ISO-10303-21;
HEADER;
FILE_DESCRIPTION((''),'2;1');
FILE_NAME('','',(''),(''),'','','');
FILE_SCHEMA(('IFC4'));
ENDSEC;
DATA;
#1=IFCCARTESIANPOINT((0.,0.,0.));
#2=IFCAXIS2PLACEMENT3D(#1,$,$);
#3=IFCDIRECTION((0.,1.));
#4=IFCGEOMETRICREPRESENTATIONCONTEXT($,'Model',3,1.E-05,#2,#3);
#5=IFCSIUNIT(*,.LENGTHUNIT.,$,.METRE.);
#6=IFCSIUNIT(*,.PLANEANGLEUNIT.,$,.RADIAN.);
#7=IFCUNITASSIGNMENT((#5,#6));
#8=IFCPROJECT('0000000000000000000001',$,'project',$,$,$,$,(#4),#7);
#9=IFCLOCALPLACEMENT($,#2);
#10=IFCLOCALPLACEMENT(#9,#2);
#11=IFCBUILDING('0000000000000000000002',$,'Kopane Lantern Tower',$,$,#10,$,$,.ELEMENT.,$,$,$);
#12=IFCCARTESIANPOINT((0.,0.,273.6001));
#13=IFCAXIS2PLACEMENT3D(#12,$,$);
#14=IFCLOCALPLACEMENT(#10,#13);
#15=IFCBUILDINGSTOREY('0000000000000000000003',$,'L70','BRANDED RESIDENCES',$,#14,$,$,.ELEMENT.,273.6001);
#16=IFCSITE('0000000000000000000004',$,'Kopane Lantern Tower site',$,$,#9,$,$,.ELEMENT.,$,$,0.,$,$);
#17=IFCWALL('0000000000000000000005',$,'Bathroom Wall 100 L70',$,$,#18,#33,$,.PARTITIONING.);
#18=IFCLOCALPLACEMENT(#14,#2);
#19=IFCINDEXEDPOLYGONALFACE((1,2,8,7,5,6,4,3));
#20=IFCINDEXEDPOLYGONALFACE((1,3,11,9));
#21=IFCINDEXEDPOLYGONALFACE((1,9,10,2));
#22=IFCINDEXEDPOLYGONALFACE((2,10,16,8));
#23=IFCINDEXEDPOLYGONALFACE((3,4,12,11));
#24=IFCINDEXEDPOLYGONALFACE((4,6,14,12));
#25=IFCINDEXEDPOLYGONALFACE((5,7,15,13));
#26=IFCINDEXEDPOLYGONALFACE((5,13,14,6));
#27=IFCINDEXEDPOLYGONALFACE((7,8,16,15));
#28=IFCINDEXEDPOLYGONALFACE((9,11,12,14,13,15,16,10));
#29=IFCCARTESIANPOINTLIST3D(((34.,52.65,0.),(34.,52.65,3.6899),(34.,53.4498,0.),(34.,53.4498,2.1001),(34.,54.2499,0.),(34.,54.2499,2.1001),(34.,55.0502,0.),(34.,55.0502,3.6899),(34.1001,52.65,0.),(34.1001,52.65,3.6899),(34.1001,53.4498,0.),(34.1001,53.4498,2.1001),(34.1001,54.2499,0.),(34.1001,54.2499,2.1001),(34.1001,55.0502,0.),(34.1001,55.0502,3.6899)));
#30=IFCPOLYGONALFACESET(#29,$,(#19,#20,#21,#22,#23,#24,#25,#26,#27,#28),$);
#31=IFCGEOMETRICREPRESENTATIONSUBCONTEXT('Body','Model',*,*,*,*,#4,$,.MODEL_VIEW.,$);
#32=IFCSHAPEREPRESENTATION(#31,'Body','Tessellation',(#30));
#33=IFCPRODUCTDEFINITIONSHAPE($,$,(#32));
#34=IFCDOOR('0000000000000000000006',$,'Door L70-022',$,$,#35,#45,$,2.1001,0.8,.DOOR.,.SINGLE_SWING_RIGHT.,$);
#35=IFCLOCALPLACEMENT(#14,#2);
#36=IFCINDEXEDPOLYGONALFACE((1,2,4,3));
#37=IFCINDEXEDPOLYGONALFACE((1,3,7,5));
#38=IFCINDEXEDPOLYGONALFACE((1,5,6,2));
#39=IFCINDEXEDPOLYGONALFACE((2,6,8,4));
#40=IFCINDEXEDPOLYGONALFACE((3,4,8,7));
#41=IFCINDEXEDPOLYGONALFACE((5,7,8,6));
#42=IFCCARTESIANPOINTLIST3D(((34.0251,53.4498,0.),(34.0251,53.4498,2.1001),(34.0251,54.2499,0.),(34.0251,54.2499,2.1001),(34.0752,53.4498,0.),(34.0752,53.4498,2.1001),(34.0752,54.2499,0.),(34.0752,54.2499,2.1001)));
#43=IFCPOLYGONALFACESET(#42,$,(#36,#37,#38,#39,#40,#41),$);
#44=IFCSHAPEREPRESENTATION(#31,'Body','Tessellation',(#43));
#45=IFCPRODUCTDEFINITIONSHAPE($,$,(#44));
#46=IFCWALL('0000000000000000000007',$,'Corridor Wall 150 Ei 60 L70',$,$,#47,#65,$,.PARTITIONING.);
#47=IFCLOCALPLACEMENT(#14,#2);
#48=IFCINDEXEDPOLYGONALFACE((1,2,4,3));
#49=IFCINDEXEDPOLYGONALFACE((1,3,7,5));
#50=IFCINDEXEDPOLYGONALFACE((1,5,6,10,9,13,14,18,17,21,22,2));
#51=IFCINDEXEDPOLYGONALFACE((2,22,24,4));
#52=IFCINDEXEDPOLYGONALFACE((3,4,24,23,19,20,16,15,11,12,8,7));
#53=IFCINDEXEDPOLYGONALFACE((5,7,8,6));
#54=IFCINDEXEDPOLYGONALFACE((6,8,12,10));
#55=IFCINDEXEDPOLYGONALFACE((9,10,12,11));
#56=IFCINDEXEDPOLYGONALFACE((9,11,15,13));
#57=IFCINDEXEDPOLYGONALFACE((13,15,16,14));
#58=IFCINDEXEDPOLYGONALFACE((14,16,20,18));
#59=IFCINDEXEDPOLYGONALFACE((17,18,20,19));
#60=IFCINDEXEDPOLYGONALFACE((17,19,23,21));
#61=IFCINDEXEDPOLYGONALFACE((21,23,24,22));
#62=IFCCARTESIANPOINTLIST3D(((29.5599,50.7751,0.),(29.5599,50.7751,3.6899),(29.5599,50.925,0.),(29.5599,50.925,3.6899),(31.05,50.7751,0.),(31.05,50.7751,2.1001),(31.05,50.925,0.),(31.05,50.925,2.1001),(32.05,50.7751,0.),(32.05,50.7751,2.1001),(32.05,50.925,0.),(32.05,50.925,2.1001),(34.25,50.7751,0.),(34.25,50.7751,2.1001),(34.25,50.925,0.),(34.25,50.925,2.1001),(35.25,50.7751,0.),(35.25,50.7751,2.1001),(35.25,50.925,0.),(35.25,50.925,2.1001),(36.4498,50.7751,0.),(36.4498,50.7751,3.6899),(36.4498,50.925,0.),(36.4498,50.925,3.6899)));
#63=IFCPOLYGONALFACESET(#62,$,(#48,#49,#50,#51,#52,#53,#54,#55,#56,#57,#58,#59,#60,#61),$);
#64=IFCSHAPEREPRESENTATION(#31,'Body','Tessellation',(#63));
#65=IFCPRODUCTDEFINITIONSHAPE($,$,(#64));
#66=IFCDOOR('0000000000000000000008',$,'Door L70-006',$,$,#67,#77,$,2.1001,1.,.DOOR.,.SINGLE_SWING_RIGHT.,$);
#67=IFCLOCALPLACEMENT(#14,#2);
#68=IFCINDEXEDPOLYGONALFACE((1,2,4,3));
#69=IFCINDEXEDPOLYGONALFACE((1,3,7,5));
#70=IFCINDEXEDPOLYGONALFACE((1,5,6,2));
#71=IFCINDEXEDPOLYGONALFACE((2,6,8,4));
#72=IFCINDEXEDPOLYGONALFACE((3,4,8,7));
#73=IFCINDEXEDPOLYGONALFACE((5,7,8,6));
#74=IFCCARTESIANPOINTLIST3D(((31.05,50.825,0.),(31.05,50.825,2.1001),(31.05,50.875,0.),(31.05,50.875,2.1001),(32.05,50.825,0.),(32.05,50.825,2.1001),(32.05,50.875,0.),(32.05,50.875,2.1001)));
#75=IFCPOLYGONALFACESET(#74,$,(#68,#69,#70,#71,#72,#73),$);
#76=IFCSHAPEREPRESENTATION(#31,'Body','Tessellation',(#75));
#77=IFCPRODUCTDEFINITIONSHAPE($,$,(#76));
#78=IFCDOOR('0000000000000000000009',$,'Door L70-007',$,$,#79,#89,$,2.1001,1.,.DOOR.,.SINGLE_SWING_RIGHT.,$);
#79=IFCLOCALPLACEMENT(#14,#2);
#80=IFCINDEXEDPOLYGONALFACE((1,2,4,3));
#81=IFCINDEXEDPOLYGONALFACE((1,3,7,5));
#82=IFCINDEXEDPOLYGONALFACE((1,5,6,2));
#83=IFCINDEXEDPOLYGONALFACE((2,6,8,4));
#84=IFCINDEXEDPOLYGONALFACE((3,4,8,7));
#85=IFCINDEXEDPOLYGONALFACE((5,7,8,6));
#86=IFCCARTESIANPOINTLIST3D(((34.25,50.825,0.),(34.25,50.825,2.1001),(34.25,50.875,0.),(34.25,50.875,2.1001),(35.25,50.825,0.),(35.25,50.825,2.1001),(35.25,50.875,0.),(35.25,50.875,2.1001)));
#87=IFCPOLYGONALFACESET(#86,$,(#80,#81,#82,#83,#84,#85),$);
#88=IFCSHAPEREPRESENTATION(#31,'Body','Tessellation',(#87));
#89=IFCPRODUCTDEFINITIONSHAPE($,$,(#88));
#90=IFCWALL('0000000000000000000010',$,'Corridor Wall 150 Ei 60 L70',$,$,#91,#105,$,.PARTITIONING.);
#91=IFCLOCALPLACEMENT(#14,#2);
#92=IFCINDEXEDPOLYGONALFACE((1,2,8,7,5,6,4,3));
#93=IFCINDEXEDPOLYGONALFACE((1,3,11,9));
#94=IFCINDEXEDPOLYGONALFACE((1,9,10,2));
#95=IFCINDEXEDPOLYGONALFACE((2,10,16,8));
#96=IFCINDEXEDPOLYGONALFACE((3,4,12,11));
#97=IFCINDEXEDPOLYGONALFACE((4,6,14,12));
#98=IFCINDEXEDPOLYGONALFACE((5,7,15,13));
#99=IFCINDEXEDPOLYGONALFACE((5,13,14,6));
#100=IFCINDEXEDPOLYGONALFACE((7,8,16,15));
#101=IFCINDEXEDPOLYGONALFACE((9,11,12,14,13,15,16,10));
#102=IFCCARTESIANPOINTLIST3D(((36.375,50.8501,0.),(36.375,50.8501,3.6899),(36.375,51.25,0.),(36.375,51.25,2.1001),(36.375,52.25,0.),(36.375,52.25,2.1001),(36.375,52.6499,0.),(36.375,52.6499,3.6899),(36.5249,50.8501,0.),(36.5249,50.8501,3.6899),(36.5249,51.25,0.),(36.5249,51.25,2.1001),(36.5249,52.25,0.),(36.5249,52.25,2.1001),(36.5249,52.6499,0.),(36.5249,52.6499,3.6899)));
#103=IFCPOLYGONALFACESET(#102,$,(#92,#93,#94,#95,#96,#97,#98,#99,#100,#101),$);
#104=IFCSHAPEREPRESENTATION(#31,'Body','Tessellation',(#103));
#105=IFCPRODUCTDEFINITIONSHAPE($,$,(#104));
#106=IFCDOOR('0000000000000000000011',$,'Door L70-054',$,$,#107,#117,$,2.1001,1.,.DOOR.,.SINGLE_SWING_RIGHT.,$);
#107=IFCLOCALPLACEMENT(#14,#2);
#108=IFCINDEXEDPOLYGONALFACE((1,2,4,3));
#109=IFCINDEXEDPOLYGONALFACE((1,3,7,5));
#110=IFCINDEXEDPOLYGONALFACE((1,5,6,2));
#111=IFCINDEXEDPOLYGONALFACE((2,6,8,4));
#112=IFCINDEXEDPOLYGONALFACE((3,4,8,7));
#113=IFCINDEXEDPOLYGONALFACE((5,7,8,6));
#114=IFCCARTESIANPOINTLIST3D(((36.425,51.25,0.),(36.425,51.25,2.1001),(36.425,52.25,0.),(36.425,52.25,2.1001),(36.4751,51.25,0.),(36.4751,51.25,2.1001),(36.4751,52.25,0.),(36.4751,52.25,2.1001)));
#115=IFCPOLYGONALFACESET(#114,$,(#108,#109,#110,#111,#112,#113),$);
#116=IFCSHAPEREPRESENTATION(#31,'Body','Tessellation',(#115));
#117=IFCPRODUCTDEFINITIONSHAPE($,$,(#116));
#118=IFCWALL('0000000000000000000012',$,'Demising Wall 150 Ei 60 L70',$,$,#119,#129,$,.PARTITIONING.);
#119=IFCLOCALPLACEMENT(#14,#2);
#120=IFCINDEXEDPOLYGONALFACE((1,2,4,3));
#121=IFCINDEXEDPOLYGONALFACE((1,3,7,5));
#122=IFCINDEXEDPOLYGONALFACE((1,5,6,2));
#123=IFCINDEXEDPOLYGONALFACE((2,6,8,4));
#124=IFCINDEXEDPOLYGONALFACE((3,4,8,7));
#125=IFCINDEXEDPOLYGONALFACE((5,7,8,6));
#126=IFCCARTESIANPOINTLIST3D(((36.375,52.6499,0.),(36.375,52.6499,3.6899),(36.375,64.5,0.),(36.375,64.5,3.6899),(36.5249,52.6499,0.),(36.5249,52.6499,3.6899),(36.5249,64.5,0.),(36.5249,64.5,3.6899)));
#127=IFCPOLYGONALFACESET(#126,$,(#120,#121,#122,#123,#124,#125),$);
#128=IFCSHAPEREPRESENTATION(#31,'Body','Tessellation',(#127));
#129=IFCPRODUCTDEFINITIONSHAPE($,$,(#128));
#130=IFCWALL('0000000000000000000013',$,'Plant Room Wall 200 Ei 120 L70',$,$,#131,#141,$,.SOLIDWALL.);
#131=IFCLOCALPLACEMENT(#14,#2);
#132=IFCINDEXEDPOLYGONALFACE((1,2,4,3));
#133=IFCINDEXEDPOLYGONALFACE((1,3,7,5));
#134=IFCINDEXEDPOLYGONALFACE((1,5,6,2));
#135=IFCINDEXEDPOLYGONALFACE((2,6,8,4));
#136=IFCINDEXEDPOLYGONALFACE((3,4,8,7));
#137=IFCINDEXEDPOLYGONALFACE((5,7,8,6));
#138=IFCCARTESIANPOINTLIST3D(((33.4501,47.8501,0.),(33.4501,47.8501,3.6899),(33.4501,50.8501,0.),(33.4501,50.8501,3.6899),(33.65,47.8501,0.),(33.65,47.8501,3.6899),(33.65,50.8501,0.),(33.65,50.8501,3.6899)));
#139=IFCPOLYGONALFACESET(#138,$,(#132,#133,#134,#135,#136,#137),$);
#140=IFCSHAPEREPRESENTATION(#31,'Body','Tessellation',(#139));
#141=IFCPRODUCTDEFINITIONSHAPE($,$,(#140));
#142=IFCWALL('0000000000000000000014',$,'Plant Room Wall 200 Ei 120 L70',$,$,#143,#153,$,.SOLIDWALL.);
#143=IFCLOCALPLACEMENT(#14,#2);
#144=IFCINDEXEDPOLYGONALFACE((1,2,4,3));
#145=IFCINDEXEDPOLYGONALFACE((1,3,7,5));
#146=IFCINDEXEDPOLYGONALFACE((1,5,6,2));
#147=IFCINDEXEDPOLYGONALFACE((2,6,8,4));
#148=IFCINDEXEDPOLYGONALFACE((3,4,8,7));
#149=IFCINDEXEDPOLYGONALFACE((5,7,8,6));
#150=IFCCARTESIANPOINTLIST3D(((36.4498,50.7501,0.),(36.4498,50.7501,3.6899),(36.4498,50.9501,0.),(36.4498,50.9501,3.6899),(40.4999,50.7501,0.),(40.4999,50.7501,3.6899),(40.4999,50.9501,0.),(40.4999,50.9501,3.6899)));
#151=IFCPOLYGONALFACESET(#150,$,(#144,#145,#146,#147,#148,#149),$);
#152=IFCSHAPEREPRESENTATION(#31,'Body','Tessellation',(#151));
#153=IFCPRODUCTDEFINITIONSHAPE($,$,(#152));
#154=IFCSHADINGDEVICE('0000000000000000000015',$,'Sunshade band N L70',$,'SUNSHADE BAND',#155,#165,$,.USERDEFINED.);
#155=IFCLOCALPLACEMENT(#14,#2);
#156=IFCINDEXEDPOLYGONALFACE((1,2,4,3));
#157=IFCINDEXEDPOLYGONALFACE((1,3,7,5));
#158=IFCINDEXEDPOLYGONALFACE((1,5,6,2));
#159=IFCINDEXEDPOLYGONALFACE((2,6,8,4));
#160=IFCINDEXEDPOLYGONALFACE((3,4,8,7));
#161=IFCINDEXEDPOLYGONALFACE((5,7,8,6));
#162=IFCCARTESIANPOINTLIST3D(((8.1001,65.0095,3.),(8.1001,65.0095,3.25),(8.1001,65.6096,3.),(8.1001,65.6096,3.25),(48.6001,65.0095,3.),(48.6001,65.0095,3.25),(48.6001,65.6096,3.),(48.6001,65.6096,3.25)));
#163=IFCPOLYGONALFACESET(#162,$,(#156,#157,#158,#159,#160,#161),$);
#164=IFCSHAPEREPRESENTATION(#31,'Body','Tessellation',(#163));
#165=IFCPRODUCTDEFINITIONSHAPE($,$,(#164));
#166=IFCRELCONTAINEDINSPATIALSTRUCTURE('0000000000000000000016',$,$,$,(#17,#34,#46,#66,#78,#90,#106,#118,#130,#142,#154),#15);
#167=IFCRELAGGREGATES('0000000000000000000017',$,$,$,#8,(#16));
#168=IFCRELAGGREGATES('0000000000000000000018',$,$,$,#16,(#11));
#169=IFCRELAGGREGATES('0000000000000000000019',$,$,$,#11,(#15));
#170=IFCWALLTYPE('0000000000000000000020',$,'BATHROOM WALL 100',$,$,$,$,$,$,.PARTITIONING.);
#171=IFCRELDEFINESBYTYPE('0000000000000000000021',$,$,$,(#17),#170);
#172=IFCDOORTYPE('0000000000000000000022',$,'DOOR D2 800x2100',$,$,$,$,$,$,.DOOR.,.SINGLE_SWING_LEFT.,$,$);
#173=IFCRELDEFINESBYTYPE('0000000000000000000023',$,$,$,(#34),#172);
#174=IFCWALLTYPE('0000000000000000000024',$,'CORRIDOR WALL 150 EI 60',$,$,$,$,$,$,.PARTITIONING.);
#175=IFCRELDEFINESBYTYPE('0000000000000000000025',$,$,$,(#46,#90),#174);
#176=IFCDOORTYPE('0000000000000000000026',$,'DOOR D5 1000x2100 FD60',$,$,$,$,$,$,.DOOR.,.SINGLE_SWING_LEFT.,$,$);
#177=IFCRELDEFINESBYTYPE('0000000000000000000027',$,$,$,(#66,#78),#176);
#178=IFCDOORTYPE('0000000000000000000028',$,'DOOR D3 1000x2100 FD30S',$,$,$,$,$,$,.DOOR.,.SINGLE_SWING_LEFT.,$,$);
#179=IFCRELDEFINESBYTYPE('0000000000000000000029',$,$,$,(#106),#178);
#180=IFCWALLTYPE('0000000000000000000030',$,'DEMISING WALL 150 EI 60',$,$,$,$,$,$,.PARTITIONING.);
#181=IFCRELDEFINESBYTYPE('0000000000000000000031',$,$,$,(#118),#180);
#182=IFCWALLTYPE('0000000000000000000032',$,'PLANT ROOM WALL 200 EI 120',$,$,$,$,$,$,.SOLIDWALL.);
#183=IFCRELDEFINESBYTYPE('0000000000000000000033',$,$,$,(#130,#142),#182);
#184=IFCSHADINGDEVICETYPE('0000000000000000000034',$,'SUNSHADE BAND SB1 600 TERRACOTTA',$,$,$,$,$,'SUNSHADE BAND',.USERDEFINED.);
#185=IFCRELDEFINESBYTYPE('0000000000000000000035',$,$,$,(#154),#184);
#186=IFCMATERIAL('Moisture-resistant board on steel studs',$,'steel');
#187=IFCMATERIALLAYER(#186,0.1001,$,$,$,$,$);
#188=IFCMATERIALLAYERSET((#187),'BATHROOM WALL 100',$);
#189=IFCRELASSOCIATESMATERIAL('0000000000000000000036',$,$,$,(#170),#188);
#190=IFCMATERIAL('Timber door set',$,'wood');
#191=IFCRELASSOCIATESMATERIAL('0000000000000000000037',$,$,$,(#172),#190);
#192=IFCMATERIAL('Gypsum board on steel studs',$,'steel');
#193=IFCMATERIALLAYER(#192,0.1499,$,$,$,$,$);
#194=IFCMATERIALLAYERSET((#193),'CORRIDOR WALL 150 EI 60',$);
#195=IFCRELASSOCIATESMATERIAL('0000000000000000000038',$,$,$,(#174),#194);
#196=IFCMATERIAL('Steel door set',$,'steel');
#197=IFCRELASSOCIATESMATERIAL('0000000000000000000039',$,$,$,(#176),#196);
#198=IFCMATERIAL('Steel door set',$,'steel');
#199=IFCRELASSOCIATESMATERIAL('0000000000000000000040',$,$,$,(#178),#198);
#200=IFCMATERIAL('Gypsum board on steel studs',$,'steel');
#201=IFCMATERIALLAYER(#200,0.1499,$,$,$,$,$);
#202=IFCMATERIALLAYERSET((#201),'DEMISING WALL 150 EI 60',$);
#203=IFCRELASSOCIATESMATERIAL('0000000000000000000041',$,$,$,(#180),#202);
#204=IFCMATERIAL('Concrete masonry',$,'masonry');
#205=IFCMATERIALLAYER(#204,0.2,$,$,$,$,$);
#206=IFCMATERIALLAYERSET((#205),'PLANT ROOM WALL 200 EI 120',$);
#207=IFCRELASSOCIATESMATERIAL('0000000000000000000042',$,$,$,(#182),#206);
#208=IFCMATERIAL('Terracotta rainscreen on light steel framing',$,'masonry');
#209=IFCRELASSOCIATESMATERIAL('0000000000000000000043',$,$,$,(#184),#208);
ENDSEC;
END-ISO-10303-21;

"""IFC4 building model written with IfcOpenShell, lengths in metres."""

from ifc_helpers import new_model, si_unit, direction, frame, frame_2d, origin, origin_2d, place, context, subcontext, project, spatial, rectangle, extrude, material, layer, layer_set, type_object, element, fill, save


model = new_model("IFC4")

# Units and contexts
model_context = context("Model", 3, precision=1e-05, world=origin(), true_north=direction((0.0, 1.0)))
body_context = subcontext(model_context, "Body", "Model", "MODEL_VIEW")
ifc_project = project(units=[si_unit("LENGTHUNIT", "METRE"), si_unit("PLANEANGLEUNIT", "RADIAN")], contexts=[model_context])

# Site, building, storey
site_placement = place(None, origin())
site = spatial("IfcSite", under=ifc_project, at=site_placement, Name="Kopane Lantern Tower site", CompositionType="ELEMENT", RefElevation=0.0)
building_placement = place(site_placement, origin())
building = spatial("IfcBuilding", under=site, at=building_placement, Name="Kopane Lantern Tower", CompositionType="ELEMENT")
storey_placement = place(building_placement, frame((0.0, 0.0, 273.6001)))
storey = spatial("IfcBuildingStorey", under=building, at=storey_placement, Name="L70", Description="BRANDED RESIDENCES", CompositionType="ELEMENT", Elevation=273.6001)

# Wall, opening, door
ifc_material_1 = material(Name="Moisture-resistant board on steel studs", Category="steel")
ifc_layer_1 = layer(ifc_material_1, 0.1001)
ifc_layer_set_1 = layer_set([ifc_layer_1], Name="BATHROOM WALL 100")
wall_type_1 = type_object("IfcWallType", Name="BATHROOM WALL 100", PredefinedType="PARTITIONING", material=ifc_layer_set_1)
wall_1_placement = place(storey_placement, frame((34.05, 52.6499, 0.0), z_axis=(0.0, 0.0, 1.0), x_axis=(0.0, 1.0, 0.0)))
wall_1 = element("IfcWall", 1, at=wall_1_placement, inside=storey, type_object=wall_type_1, Name="Bathroom Wall 100 L70", PredefinedType="PARTITIONING", context=body_context, shape_type="SweptSolid", body=[
    extrude(rectangle(XDim=2.4001, YDim=0.1001, at=frame_2d((1.2002, 0.0))), origin(), (0.0, 0.0, 1.0), 3.6899),
])
opening_1_placement = place(wall_1_placement, frame((0.8, 0.0, 0.0)))
opening_1 = element("IfcOpeningElement", 2, at=opening_1_placement, cuts=wall_1, PredefinedType="OPENING", context=body_context, shape_type="SweptSolid", body=[
    extrude(rectangle(XDim=0.8, YDim=2.1001, at=frame_2d((0.3999, 1.05))), frame((0.0, 0.0601, 0.0), z_axis=(0.0, -1.0, 0.0), x_axis=(1.0, 0.0, 0.0)), (0.0, 0.0, 1.0), 0.1201),
])
ifc_material_2 = material(Name="Timber door set", Category="wood")
door_type_1 = type_object("IfcDoorType", Name="DOOR D2 800x2100", OperationType="SINGLE_SWING_LEFT", PredefinedType="DOOR", material=ifc_material_2)
door_1_placement = place(opening_1_placement, origin())
door_1 = element("IfcDoor", 3, at=door_1_placement, inside=storey, type_object=door_type_1, Name="Door L70-022", OperationType="SINGLE_SWING_RIGHT", OverallHeight=2.1001, OverallWidth=0.8, PredefinedType="DOOR", context=body_context, shape_type="SweptSolid", body=[
    extrude(rectangle(XDim=0.8, YDim=2.1001, at=frame_2d((0.3999, 1.05))), frame((0.0, 0.0249, 0.0), z_axis=(0.0, -1.0, 0.0), x_axis=(1.0, 0.0, 0.0)), (0.0, 0.0, 1.0), 0.05),
])
fill(opening_1, door_1)

# Wall, openings, doors
ifc_material_3 = material(Name="Gypsum board on steel studs", Category="steel")
ifc_layer_2 = layer(ifc_material_3, 0.1499)
ifc_layer_set_2 = layer_set([ifc_layer_2], Name="CORRIDOR WALL 150 EI 60")
wall_type_2 = type_object("IfcWallType", Name="CORRIDOR WALL 150 EI 60", PredefinedType="PARTITIONING", material=ifc_layer_set_2)
wall_2_placement = place(storey_placement, frame((29.5601, 50.8501, 0.0), z_axis=(0.0, 0.0, 1.0), x_axis=(1.0, 0.0, 0.0)))
wall_2 = element("IfcWall", 4, at=wall_2_placement, inside=storey, type_object=wall_type_2, Name="Corridor Wall 150 Ei 60 L70", PredefinedType="PARTITIONING", context=body_context, shape_type="SweptSolid", body=[
    extrude(rectangle(XDim=6.8899, YDim=0.1499, at=frame_2d((3.4448, 0.0))), origin(), (0.0, 0.0, 1.0), 3.6899),
])
opening_2_placement = place(wall_2_placement, frame((1.49, 0.0, 0.0)))
opening_2 = element("IfcOpeningElement", 5, at=opening_2_placement, cuts=wall_2, PredefinedType="OPENING", context=body_context, shape_type="SweptSolid", body=[
    extrude(rectangle(XDim=1.0, YDim=2.1001, at=frame_2d((0.5, 1.05))), frame((0.0, 0.085, 0.0), z_axis=(0.0, -1.0, 0.0), x_axis=(1.0, 0.0, 0.0)), (0.0, 0.0, 1.0), 0.1699),
])
opening_3_placement = place(wall_2_placement, frame((4.6899, 0.0, 0.0)))
opening_3 = element("IfcOpeningElement", 6, at=opening_3_placement, cuts=wall_2, PredefinedType="OPENING", context=body_context, shape_type="SweptSolid", body=[
    extrude(rectangle(XDim=1.0, YDim=2.1001, at=frame_2d((0.5, 1.05))), frame((0.0, 0.085, 0.0), z_axis=(0.0, -1.0, 0.0), x_axis=(1.0, 0.0, 0.0)), (0.0, 0.0, 1.0), 0.1699),
])
ifc_material_4 = material(Name="Steel door set", Category="steel")
door_type_2 = type_object("IfcDoorType", Name="DOOR D5 1000x2100 FD60", OperationType="SINGLE_SWING_LEFT", PredefinedType="DOOR", material=ifc_material_4)
door_2_placement = place(opening_2_placement, origin())
door_2 = element("IfcDoor", 7, at=door_2_placement, inside=storey, type_object=door_type_2, Name="Door L70-006", OperationType="SINGLE_SWING_RIGHT", OverallHeight=2.1001, OverallWidth=1.0, PredefinedType="DOOR", context=body_context, shape_type="SweptSolid", body=[
    extrude(rectangle(XDim=1.0, YDim=2.1001, at=frame_2d((0.5, 1.05))), frame((0.0, 0.0249, 0.0), z_axis=(0.0, -1.0, 0.0), x_axis=(1.0, 0.0, 0.0)), (0.0, 0.0, 1.0), 0.05),
])
fill(opening_2, door_2)
door_3_placement = place(opening_3_placement, origin())
door_3 = element("IfcDoor", 8, at=door_3_placement, inside=storey, type_object=door_type_2, Name="Door L70-007", OperationType="SINGLE_SWING_RIGHT", OverallHeight=2.1001, OverallWidth=1.0, PredefinedType="DOOR", context=body_context, shape_type="SweptSolid", body=[
    extrude(rectangle(XDim=1.0, YDim=2.1001, at=frame_2d((0.5, 1.05))), frame((0.0, 0.0249, 0.0), z_axis=(0.0, -1.0, 0.0), x_axis=(1.0, 0.0, 0.0)), (0.0, 0.0, 1.0), 0.05),
])
fill(opening_3, door_3)

# Wall, opening, door
wall_3_placement = place(storey_placement, frame((36.45, 50.8501, 0.0), z_axis=(0.0, 0.0, 1.0), x_axis=(0.0, 1.0, 0.0)))
wall_3 = element("IfcWall", 9, at=wall_3_placement, inside=storey, type_object=wall_type_2, Name="Corridor Wall 150 Ei 60 L70", PredefinedType="PARTITIONING", context=body_context, shape_type="SweptSolid", body=[
    extrude(rectangle(XDim=1.7998, YDim=0.1499, at=frame_2d((0.8999, 0.0))), origin(), (0.0, 0.0, 1.0), 3.6899),
])
opening_4_placement = place(wall_3_placement, frame((0.3999, 0.0, 0.0)))
opening_4 = element("IfcOpeningElement", 10, at=opening_4_placement, cuts=wall_3, PredefinedType="OPENING", context=body_context, shape_type="SweptSolid", body=[
    extrude(rectangle(XDim=1.0, YDim=2.1001, at=frame_2d((0.5, 1.05))), frame((0.0, 0.085, 0.0), z_axis=(0.0, -1.0, 0.0), x_axis=(1.0, 0.0, 0.0)), (0.0, 0.0, 1.0), 0.1699),
])
ifc_material_5 = material(Name="Steel door set", Category="steel")
door_type_3 = type_object("IfcDoorType", Name="DOOR D3 1000x2100 FD30S", OperationType="SINGLE_SWING_LEFT", PredefinedType="DOOR", material=ifc_material_5)
door_4_placement = place(opening_4_placement, origin())
door_4 = element("IfcDoor", 11, at=door_4_placement, inside=storey, type_object=door_type_3, Name="Door L70-054", OperationType="SINGLE_SWING_RIGHT", OverallHeight=2.1001, OverallWidth=1.0, PredefinedType="DOOR", context=body_context, shape_type="SweptSolid", body=[
    extrude(rectangle(XDim=1.0, YDim=2.1001, at=frame_2d((0.5, 1.05))), frame((0.0, 0.0249, 0.0), z_axis=(0.0, -1.0, 0.0), x_axis=(1.0, 0.0, 0.0)), (0.0, 0.0, 1.0), 0.05),
])
fill(opening_4, door_4)

# Walls
ifc_material_6 = material(Name="Gypsum board on steel studs", Category="steel")
ifc_layer_3 = layer(ifc_material_6, 0.1499)
ifc_layer_set_3 = layer_set([ifc_layer_3], Name="DEMISING WALL 150 EI 60")
wall_type_3 = type_object("IfcWallType", Name="DEMISING WALL 150 EI 60", PredefinedType="PARTITIONING", material=ifc_layer_set_3)
wall_4_placement = place(storey_placement, frame((36.45, 64.5, 0.0), z_axis=(0.0, 0.0, 1.0), x_axis=(0.0, -1.0, 0.0)))
element("IfcWall", 12, at=wall_4_placement, inside=storey, type_object=wall_type_3, Name="Demising Wall 150 Ei 60 L70", PredefinedType="PARTITIONING", context=body_context, shape_type="SweptSolid", body=[
    extrude(rectangle(XDim=11.8501, YDim=0.1499, at=frame_2d((5.925, 0.0))), origin(), (0.0, 0.0, 1.0), 3.6899),
])
ifc_material_7 = material(Name="Concrete masonry", Category="masonry")
ifc_layer_4 = layer(ifc_material_7, 0.2)
ifc_layer_set_4 = layer_set([ifc_layer_4], Name="PLANT ROOM WALL 200 EI 120")
wall_type_4 = type_object("IfcWallType", Name="PLANT ROOM WALL 200 EI 120", PredefinedType="SOLIDWALL", material=ifc_layer_set_4)
wall_5_placement = place(storey_placement, frame((33.55, 50.8501, 0.0), z_axis=(0.0, 0.0, 1.0), x_axis=(0.0, -1.0, 0.0)))
element("IfcWall", 13, at=wall_5_placement, inside=storey, type_object=wall_type_4, Name="Plant Room Wall 200 Ei 120 L70", PredefinedType="SOLIDWALL", context=body_context, shape_type="SweptSolid", body=[
    extrude(rectangle(XDim=3.0, YDim=0.2, at=frame_2d((1.5, 0.0))), origin(), (0.0, 0.0, 1.0), 3.6899),
])
wall_6_placement = place(storey_placement, frame((36.45, 50.8501, 0.0), z_axis=(0.0, 0.0, 1.0), x_axis=(1.0, 0.0, 0.0)))
element("IfcWall", 14, at=wall_6_placement, inside=storey, type_object=wall_type_4, Name="Plant Room Wall 200 Ei 120 L70", PredefinedType="SOLIDWALL", context=body_context, shape_type="SweptSolid", body=[
    extrude(rectangle(XDim=4.05, YDim=0.2, at=frame_2d((2.0249, 0.0))), origin(), (0.0, 0.0, 1.0), 3.6899),
])

# Shading device
ifc_material_8 = material(Name="Terracotta rainscreen on light steel framing", Category="masonry")
shading_device_type = type_object("IfcShadingDeviceType", Name="SUNSHADE BAND SB1 600 TERRACOTTA", ElementType="SUNSHADE BAND", PredefinedType="USERDEFINED", material=ifc_material_8)
shading_device_placement = place(storey_placement, frame((28.3501, 65.3096, 3.0), z_axis=(0.0, 0.0, 1.0), x_axis=(-1.0, 0.0, 0.0)))
element("IfcShadingDevice", 15, at=shading_device_placement, inside=storey, type_object=shading_device_type, Name="Sunshade band N L70", ObjectType="SUNSHADE BAND", PredefinedType="USERDEFINED", context=body_context, shape_type="SweptSolid", body=[
    extrude(rectangle(XDim=40.5, YDim=0.6001, at=origin_2d()), origin(), (0.0, 0.0, 1.0), 0.25),
])

save(model, "model.ifc")
